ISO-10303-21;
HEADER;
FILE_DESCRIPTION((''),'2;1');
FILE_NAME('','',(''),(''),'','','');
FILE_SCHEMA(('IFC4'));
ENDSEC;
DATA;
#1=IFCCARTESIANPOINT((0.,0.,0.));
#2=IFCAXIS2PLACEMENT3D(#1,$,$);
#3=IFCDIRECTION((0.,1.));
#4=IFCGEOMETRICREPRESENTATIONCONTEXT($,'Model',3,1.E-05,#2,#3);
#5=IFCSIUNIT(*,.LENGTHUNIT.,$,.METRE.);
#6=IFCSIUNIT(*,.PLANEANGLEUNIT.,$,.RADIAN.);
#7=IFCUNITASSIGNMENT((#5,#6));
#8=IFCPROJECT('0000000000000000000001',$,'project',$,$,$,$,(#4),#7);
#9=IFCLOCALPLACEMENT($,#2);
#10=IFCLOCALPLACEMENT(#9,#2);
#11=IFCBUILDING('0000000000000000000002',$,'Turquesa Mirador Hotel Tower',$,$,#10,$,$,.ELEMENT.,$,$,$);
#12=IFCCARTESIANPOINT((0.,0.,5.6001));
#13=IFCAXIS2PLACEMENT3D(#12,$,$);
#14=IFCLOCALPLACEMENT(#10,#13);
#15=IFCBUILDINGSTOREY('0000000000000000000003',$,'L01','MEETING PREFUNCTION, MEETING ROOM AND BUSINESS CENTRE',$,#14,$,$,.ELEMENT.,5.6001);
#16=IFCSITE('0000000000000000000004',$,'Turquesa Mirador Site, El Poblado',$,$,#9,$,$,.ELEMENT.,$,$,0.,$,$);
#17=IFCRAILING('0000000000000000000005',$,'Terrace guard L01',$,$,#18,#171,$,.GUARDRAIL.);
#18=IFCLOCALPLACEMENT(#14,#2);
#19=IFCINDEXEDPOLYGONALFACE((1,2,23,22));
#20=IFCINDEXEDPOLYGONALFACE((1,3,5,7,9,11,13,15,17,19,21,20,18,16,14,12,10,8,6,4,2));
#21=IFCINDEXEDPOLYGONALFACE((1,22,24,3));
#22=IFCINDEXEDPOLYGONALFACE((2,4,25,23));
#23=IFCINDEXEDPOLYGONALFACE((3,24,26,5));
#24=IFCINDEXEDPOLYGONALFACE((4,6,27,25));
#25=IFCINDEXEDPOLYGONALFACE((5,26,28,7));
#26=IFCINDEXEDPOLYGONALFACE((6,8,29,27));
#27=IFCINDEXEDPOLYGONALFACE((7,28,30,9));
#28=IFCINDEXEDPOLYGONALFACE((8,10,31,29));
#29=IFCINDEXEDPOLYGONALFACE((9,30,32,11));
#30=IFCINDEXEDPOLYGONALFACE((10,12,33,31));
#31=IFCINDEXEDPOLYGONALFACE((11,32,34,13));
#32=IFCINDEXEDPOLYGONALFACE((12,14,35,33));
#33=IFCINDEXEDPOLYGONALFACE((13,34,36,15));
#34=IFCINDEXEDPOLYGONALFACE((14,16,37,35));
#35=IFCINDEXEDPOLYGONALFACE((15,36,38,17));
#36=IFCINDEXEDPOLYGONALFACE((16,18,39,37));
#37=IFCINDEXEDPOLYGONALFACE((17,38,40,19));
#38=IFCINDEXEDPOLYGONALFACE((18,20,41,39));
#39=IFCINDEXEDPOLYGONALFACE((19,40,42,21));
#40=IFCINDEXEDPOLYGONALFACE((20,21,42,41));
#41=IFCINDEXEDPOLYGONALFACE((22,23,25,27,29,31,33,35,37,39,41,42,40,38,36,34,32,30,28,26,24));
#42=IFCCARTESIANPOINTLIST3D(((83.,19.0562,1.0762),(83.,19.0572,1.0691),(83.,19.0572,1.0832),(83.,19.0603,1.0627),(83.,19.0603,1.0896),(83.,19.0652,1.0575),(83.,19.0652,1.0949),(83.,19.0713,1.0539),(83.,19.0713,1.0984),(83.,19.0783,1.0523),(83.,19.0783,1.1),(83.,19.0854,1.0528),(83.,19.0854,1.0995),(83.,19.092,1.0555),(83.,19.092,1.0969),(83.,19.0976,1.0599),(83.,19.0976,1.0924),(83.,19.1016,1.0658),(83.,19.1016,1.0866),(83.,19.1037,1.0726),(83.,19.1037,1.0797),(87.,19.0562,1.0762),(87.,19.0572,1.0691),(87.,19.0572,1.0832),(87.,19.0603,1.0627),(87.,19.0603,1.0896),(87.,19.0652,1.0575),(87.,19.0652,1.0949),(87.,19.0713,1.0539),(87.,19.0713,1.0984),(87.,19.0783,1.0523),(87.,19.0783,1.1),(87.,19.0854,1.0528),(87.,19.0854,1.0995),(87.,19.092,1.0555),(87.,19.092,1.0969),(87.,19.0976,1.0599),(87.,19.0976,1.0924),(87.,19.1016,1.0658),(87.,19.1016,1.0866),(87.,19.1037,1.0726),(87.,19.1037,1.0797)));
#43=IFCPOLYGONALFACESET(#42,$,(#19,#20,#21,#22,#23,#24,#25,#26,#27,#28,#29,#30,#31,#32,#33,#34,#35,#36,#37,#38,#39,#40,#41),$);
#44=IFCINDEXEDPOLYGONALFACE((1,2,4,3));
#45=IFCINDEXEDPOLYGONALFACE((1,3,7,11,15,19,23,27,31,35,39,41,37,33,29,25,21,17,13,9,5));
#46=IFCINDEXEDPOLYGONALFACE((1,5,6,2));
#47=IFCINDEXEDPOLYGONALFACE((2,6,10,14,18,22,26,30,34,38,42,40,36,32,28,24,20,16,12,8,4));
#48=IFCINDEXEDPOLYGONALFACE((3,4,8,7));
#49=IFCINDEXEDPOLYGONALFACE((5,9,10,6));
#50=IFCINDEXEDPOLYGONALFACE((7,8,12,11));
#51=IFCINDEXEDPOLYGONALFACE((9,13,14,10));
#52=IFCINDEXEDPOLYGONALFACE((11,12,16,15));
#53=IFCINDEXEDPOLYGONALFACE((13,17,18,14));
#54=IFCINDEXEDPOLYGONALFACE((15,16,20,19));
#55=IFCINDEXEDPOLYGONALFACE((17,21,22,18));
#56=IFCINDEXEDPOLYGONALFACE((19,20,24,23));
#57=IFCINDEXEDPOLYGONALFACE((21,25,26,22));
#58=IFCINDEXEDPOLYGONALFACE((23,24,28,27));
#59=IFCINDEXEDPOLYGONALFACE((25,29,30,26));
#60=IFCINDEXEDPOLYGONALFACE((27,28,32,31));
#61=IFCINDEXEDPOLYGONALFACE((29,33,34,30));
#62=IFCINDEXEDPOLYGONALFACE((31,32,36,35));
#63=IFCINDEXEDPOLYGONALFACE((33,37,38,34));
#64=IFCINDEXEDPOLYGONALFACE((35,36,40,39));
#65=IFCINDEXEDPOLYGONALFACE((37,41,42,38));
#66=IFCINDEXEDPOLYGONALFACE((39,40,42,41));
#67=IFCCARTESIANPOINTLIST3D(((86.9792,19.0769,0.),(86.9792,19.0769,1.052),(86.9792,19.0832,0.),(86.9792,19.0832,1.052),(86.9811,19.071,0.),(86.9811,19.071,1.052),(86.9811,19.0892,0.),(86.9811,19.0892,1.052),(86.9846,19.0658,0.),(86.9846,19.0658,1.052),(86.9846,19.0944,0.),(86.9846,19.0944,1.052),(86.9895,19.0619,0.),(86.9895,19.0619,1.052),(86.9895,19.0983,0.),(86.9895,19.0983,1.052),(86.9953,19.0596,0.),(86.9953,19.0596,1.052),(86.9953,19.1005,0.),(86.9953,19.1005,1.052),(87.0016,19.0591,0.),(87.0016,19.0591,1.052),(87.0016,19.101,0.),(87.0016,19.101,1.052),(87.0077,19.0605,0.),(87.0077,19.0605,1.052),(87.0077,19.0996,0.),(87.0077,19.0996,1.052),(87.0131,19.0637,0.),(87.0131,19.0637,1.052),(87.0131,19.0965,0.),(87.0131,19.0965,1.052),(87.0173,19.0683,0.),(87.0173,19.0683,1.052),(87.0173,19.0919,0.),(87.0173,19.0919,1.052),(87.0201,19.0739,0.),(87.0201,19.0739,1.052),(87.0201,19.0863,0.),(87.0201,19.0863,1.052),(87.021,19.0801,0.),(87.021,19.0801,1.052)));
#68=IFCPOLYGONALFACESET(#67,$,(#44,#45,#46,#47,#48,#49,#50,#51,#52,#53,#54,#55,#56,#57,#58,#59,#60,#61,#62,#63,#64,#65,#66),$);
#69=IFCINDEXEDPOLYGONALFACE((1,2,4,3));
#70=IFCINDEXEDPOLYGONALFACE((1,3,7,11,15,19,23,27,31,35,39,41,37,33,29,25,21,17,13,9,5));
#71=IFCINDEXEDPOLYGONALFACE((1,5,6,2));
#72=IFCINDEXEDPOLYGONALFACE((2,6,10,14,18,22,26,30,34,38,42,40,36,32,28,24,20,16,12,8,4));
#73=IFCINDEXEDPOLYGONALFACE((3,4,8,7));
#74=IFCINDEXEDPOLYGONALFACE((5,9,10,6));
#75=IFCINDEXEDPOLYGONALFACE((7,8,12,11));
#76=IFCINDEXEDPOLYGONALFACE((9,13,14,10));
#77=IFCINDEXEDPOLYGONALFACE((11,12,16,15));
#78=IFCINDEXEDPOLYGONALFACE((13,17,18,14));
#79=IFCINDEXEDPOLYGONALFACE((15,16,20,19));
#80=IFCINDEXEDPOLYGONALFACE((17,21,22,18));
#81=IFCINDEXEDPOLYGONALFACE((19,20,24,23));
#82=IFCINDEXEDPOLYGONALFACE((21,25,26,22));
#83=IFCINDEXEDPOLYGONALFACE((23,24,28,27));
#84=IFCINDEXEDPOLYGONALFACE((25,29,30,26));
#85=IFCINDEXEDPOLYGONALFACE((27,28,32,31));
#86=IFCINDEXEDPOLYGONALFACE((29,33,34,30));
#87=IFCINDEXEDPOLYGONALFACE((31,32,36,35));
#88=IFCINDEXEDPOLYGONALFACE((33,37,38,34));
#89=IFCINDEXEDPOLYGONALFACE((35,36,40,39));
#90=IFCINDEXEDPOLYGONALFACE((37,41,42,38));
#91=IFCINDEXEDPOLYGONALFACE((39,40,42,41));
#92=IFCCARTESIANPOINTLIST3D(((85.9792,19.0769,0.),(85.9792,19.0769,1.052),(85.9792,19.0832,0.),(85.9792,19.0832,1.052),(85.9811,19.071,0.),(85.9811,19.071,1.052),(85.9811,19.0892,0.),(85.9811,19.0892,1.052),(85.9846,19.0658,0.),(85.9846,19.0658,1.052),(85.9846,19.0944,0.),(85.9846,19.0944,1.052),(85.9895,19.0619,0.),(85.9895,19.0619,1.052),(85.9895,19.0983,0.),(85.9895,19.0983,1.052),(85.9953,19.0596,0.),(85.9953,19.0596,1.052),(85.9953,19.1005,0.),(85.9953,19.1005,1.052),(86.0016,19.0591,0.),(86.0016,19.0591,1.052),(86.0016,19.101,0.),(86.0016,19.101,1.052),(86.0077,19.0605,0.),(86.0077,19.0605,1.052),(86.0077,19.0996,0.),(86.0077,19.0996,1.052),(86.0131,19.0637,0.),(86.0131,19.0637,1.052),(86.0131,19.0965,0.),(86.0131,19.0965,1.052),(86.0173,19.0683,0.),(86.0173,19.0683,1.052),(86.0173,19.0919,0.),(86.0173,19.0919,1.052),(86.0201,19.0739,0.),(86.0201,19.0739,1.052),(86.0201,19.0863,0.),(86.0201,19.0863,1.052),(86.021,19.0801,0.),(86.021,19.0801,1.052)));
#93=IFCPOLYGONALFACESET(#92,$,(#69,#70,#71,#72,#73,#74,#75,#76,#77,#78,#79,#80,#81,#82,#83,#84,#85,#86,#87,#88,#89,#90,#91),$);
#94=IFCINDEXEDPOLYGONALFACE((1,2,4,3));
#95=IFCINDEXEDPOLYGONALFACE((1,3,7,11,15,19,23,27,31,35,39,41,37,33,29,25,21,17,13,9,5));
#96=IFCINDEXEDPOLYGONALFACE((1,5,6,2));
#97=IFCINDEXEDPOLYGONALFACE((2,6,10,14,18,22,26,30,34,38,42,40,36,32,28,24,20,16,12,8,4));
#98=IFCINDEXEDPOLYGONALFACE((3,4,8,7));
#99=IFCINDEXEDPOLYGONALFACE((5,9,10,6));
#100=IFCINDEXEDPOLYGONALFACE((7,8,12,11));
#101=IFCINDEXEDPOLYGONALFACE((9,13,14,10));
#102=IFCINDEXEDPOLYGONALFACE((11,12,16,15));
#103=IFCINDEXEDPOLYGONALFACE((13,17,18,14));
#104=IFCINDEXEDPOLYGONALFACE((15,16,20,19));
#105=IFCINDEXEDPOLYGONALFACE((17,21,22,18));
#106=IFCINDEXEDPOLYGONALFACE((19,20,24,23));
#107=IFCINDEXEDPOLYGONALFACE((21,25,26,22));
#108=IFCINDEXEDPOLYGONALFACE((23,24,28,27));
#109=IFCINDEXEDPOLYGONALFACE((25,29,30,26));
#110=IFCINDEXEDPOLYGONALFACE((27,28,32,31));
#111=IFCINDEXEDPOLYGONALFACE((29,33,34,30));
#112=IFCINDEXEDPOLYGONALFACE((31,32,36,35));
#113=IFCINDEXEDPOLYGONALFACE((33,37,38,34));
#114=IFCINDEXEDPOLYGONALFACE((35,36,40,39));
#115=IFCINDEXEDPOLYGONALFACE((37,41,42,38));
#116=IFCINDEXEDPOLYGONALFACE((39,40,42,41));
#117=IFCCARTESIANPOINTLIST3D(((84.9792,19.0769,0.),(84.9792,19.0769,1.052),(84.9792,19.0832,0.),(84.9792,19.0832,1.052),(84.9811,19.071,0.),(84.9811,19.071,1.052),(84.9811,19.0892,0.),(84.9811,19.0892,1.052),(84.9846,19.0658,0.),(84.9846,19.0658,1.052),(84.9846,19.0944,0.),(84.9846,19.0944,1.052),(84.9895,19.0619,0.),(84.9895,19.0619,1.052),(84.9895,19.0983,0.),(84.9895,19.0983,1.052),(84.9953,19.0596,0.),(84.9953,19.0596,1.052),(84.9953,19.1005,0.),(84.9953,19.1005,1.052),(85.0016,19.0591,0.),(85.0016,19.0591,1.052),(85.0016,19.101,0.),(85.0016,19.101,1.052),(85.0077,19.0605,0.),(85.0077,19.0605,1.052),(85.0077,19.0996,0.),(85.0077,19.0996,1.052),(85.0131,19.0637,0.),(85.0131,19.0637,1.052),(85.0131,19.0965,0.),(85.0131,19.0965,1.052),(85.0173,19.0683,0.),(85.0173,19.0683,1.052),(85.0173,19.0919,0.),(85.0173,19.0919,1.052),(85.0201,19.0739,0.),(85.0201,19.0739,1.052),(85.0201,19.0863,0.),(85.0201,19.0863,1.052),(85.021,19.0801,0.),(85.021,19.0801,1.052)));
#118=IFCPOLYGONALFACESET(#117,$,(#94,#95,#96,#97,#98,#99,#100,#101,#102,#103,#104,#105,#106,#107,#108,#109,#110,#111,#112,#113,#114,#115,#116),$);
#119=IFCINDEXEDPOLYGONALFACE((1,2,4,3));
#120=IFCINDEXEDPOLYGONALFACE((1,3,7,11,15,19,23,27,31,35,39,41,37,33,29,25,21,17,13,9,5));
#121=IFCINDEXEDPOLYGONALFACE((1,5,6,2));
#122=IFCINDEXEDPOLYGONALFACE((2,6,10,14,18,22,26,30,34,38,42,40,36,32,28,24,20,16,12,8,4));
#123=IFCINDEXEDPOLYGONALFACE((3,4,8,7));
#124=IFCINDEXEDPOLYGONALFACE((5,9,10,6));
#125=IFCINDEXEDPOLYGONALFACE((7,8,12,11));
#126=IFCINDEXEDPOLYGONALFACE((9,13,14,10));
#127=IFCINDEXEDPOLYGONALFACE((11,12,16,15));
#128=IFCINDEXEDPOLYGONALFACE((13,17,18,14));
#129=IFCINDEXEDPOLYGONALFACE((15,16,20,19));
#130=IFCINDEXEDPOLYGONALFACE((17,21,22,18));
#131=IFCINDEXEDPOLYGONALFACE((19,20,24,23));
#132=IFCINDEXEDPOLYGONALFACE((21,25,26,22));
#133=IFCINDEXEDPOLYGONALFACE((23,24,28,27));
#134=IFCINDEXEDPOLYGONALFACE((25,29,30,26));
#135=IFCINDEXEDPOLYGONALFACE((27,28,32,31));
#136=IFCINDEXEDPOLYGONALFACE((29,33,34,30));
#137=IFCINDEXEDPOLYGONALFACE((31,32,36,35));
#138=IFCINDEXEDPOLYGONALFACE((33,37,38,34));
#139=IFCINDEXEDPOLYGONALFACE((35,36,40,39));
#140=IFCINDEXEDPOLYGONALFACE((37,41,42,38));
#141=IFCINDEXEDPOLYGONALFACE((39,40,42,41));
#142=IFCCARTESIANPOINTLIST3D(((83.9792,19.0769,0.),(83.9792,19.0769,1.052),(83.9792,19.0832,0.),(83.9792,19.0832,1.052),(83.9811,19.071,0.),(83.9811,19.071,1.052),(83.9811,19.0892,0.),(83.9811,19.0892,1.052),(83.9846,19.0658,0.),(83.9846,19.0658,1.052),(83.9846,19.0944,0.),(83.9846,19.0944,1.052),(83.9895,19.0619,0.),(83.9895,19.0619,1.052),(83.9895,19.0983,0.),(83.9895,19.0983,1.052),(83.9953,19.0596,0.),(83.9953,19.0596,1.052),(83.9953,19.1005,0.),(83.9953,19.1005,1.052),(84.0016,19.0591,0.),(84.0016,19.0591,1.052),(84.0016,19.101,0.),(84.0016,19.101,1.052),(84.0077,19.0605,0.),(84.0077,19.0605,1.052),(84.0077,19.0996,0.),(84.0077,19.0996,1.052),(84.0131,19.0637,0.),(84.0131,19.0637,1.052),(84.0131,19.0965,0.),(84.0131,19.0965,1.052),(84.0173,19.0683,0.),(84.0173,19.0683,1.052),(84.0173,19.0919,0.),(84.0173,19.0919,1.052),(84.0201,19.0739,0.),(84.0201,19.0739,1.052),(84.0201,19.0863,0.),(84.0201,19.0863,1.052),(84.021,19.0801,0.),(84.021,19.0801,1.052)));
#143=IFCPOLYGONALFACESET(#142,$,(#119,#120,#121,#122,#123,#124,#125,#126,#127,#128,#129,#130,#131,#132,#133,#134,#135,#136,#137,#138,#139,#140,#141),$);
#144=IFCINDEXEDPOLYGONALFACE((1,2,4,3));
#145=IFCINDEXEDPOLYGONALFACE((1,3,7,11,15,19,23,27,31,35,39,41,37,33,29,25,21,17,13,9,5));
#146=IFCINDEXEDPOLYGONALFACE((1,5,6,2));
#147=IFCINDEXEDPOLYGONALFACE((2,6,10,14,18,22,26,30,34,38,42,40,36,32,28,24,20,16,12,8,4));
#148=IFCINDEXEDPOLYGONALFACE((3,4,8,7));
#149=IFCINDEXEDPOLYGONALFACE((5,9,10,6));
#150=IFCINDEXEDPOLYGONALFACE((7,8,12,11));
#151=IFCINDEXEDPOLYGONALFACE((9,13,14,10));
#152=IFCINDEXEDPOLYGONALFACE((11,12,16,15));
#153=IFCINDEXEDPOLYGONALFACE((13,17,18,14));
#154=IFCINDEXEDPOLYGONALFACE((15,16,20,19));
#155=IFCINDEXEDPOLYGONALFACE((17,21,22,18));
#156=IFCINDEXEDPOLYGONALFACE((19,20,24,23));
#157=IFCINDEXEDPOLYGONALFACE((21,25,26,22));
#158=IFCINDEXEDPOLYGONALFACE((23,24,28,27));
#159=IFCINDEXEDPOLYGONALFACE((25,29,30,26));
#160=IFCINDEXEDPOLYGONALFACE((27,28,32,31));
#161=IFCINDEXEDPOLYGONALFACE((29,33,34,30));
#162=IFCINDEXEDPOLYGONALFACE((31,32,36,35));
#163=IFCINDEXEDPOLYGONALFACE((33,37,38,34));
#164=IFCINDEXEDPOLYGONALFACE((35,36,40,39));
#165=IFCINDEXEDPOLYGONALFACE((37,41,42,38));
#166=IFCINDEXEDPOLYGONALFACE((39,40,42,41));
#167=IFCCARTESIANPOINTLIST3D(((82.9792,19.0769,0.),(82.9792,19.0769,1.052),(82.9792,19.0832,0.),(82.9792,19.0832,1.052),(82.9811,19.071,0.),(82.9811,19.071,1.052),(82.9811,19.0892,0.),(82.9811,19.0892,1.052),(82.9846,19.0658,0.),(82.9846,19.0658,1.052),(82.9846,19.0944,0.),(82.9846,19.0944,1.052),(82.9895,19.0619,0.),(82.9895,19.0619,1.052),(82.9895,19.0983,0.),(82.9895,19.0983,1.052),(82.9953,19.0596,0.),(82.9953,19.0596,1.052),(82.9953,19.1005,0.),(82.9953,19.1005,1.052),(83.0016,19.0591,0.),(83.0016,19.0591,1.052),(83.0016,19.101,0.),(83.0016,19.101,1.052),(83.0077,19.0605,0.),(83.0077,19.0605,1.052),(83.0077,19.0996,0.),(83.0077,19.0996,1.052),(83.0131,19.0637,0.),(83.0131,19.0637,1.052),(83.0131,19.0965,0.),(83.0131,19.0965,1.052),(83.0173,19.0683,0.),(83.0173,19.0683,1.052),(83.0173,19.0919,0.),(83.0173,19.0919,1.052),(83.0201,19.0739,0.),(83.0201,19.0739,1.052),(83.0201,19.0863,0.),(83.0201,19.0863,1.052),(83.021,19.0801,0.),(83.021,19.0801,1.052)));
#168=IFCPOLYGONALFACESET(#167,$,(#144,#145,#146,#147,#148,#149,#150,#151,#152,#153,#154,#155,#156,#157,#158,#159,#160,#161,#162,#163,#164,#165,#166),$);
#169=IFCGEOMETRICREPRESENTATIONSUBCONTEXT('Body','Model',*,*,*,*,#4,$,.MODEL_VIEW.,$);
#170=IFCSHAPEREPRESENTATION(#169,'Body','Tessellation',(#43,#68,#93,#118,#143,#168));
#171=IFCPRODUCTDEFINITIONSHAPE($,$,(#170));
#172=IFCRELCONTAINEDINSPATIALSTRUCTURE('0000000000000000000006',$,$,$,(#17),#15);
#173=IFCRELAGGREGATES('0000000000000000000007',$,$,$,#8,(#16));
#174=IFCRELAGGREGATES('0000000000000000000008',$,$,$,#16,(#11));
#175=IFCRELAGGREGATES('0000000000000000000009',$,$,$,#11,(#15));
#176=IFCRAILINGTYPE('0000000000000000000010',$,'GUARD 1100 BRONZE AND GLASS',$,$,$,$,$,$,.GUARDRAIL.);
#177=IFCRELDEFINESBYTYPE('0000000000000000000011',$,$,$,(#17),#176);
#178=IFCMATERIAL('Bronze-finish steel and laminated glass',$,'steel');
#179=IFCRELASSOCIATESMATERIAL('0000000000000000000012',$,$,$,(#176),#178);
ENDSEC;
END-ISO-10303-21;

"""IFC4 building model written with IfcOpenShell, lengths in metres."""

from ifc_helpers import new_model, si_unit, direction, frame, origin, origin_2d, place, context, subcontext, project, spatial, circle, extrude, material, type_object, element, save


model = new_model("IFC4")

# Units and contexts
model_context = context("Model", 3, precision=1e-05, world=origin(), true_north=direction((0.0, 1.0)))
body_context = subcontext(model_context, "Body", "Model", "MODEL_VIEW")
ifc_project = project(units=[si_unit("LENGTHUNIT", "METRE"), si_unit("PLANEANGLEUNIT", "RADIAN")], contexts=[model_context])

# Site, building, storey
site_placement = place(None, origin())
site = spatial("IfcSite", under=ifc_project, at=site_placement, Name="Turquesa Mirador Site, El Poblado", CompositionType="ELEMENT", RefElevation=0.0)
building_placement = place(site_placement, origin())
building = spatial("IfcBuilding", under=site, at=building_placement, Name="Turquesa Mirador Hotel Tower", CompositionType="ELEMENT")
storey_placement = place(building_placement, frame((0.0, 0.0, 5.6001)))
storey = spatial("IfcBuildingStorey", under=building, at=storey_placement, Name="L01", Description="MEETING PREFUNCTION, MEETING ROOM AND BUSINESS CENTRE", CompositionType="ELEMENT", Elevation=5.6001)

# Railing
ifc_material_1 = material(Name="Bronze-finish steel and laminated glass", Category="steel")
railing_type = type_object("IfcRailingType", Name="GUARD 1100 BRONZE AND GLASS", PredefinedType="GUARDRAIL", material=ifc_material_1)
railing_placement = place(storey_placement, frame((87.0, 19.0801, 0.0)))
element("IfcRailing", 1, at=railing_placement, inside=storey, type_object=railing_type, Name="Terrace guard L01", PredefinedType="GUARDRAIL", context=body_context, shape_type="SweptSolid", body=[
    extrude(circle(Radius=0.0239, at=origin_2d()), frame((0.0, 0.0, 1.0762), z_axis=(-1.0, 0.0, 0.0), x_axis=(0.0, -1.0, 0.0)), (0.0, 0.0, 1.0), 4.0),
    extrude(circle(Radius=0.021, at=origin_2d()), origin(), (0.0, 0.0, 1.0), 1.052),
    extrude(circle(Radius=0.021, at=origin_2d()), frame((-1.0, 0.0, 0.0)), (0.0, 0.0, 1.0), 1.052),
    extrude(circle(Radius=0.021, at=origin_2d()), frame((-2.0, 0.0, 0.0)), (0.0, 0.0, 1.0), 1.052),
    extrude(circle(Radius=0.021, at=origin_2d()), frame((-3.0, 0.0, 0.0)), (0.0, 0.0, 1.0), 1.052),
    extrude(circle(Radius=0.021, at=origin_2d()), frame((-4.0, 0.0, 0.0)), (0.0, 0.0, 1.0), 1.052),
])

save(model, "model.ifc")
